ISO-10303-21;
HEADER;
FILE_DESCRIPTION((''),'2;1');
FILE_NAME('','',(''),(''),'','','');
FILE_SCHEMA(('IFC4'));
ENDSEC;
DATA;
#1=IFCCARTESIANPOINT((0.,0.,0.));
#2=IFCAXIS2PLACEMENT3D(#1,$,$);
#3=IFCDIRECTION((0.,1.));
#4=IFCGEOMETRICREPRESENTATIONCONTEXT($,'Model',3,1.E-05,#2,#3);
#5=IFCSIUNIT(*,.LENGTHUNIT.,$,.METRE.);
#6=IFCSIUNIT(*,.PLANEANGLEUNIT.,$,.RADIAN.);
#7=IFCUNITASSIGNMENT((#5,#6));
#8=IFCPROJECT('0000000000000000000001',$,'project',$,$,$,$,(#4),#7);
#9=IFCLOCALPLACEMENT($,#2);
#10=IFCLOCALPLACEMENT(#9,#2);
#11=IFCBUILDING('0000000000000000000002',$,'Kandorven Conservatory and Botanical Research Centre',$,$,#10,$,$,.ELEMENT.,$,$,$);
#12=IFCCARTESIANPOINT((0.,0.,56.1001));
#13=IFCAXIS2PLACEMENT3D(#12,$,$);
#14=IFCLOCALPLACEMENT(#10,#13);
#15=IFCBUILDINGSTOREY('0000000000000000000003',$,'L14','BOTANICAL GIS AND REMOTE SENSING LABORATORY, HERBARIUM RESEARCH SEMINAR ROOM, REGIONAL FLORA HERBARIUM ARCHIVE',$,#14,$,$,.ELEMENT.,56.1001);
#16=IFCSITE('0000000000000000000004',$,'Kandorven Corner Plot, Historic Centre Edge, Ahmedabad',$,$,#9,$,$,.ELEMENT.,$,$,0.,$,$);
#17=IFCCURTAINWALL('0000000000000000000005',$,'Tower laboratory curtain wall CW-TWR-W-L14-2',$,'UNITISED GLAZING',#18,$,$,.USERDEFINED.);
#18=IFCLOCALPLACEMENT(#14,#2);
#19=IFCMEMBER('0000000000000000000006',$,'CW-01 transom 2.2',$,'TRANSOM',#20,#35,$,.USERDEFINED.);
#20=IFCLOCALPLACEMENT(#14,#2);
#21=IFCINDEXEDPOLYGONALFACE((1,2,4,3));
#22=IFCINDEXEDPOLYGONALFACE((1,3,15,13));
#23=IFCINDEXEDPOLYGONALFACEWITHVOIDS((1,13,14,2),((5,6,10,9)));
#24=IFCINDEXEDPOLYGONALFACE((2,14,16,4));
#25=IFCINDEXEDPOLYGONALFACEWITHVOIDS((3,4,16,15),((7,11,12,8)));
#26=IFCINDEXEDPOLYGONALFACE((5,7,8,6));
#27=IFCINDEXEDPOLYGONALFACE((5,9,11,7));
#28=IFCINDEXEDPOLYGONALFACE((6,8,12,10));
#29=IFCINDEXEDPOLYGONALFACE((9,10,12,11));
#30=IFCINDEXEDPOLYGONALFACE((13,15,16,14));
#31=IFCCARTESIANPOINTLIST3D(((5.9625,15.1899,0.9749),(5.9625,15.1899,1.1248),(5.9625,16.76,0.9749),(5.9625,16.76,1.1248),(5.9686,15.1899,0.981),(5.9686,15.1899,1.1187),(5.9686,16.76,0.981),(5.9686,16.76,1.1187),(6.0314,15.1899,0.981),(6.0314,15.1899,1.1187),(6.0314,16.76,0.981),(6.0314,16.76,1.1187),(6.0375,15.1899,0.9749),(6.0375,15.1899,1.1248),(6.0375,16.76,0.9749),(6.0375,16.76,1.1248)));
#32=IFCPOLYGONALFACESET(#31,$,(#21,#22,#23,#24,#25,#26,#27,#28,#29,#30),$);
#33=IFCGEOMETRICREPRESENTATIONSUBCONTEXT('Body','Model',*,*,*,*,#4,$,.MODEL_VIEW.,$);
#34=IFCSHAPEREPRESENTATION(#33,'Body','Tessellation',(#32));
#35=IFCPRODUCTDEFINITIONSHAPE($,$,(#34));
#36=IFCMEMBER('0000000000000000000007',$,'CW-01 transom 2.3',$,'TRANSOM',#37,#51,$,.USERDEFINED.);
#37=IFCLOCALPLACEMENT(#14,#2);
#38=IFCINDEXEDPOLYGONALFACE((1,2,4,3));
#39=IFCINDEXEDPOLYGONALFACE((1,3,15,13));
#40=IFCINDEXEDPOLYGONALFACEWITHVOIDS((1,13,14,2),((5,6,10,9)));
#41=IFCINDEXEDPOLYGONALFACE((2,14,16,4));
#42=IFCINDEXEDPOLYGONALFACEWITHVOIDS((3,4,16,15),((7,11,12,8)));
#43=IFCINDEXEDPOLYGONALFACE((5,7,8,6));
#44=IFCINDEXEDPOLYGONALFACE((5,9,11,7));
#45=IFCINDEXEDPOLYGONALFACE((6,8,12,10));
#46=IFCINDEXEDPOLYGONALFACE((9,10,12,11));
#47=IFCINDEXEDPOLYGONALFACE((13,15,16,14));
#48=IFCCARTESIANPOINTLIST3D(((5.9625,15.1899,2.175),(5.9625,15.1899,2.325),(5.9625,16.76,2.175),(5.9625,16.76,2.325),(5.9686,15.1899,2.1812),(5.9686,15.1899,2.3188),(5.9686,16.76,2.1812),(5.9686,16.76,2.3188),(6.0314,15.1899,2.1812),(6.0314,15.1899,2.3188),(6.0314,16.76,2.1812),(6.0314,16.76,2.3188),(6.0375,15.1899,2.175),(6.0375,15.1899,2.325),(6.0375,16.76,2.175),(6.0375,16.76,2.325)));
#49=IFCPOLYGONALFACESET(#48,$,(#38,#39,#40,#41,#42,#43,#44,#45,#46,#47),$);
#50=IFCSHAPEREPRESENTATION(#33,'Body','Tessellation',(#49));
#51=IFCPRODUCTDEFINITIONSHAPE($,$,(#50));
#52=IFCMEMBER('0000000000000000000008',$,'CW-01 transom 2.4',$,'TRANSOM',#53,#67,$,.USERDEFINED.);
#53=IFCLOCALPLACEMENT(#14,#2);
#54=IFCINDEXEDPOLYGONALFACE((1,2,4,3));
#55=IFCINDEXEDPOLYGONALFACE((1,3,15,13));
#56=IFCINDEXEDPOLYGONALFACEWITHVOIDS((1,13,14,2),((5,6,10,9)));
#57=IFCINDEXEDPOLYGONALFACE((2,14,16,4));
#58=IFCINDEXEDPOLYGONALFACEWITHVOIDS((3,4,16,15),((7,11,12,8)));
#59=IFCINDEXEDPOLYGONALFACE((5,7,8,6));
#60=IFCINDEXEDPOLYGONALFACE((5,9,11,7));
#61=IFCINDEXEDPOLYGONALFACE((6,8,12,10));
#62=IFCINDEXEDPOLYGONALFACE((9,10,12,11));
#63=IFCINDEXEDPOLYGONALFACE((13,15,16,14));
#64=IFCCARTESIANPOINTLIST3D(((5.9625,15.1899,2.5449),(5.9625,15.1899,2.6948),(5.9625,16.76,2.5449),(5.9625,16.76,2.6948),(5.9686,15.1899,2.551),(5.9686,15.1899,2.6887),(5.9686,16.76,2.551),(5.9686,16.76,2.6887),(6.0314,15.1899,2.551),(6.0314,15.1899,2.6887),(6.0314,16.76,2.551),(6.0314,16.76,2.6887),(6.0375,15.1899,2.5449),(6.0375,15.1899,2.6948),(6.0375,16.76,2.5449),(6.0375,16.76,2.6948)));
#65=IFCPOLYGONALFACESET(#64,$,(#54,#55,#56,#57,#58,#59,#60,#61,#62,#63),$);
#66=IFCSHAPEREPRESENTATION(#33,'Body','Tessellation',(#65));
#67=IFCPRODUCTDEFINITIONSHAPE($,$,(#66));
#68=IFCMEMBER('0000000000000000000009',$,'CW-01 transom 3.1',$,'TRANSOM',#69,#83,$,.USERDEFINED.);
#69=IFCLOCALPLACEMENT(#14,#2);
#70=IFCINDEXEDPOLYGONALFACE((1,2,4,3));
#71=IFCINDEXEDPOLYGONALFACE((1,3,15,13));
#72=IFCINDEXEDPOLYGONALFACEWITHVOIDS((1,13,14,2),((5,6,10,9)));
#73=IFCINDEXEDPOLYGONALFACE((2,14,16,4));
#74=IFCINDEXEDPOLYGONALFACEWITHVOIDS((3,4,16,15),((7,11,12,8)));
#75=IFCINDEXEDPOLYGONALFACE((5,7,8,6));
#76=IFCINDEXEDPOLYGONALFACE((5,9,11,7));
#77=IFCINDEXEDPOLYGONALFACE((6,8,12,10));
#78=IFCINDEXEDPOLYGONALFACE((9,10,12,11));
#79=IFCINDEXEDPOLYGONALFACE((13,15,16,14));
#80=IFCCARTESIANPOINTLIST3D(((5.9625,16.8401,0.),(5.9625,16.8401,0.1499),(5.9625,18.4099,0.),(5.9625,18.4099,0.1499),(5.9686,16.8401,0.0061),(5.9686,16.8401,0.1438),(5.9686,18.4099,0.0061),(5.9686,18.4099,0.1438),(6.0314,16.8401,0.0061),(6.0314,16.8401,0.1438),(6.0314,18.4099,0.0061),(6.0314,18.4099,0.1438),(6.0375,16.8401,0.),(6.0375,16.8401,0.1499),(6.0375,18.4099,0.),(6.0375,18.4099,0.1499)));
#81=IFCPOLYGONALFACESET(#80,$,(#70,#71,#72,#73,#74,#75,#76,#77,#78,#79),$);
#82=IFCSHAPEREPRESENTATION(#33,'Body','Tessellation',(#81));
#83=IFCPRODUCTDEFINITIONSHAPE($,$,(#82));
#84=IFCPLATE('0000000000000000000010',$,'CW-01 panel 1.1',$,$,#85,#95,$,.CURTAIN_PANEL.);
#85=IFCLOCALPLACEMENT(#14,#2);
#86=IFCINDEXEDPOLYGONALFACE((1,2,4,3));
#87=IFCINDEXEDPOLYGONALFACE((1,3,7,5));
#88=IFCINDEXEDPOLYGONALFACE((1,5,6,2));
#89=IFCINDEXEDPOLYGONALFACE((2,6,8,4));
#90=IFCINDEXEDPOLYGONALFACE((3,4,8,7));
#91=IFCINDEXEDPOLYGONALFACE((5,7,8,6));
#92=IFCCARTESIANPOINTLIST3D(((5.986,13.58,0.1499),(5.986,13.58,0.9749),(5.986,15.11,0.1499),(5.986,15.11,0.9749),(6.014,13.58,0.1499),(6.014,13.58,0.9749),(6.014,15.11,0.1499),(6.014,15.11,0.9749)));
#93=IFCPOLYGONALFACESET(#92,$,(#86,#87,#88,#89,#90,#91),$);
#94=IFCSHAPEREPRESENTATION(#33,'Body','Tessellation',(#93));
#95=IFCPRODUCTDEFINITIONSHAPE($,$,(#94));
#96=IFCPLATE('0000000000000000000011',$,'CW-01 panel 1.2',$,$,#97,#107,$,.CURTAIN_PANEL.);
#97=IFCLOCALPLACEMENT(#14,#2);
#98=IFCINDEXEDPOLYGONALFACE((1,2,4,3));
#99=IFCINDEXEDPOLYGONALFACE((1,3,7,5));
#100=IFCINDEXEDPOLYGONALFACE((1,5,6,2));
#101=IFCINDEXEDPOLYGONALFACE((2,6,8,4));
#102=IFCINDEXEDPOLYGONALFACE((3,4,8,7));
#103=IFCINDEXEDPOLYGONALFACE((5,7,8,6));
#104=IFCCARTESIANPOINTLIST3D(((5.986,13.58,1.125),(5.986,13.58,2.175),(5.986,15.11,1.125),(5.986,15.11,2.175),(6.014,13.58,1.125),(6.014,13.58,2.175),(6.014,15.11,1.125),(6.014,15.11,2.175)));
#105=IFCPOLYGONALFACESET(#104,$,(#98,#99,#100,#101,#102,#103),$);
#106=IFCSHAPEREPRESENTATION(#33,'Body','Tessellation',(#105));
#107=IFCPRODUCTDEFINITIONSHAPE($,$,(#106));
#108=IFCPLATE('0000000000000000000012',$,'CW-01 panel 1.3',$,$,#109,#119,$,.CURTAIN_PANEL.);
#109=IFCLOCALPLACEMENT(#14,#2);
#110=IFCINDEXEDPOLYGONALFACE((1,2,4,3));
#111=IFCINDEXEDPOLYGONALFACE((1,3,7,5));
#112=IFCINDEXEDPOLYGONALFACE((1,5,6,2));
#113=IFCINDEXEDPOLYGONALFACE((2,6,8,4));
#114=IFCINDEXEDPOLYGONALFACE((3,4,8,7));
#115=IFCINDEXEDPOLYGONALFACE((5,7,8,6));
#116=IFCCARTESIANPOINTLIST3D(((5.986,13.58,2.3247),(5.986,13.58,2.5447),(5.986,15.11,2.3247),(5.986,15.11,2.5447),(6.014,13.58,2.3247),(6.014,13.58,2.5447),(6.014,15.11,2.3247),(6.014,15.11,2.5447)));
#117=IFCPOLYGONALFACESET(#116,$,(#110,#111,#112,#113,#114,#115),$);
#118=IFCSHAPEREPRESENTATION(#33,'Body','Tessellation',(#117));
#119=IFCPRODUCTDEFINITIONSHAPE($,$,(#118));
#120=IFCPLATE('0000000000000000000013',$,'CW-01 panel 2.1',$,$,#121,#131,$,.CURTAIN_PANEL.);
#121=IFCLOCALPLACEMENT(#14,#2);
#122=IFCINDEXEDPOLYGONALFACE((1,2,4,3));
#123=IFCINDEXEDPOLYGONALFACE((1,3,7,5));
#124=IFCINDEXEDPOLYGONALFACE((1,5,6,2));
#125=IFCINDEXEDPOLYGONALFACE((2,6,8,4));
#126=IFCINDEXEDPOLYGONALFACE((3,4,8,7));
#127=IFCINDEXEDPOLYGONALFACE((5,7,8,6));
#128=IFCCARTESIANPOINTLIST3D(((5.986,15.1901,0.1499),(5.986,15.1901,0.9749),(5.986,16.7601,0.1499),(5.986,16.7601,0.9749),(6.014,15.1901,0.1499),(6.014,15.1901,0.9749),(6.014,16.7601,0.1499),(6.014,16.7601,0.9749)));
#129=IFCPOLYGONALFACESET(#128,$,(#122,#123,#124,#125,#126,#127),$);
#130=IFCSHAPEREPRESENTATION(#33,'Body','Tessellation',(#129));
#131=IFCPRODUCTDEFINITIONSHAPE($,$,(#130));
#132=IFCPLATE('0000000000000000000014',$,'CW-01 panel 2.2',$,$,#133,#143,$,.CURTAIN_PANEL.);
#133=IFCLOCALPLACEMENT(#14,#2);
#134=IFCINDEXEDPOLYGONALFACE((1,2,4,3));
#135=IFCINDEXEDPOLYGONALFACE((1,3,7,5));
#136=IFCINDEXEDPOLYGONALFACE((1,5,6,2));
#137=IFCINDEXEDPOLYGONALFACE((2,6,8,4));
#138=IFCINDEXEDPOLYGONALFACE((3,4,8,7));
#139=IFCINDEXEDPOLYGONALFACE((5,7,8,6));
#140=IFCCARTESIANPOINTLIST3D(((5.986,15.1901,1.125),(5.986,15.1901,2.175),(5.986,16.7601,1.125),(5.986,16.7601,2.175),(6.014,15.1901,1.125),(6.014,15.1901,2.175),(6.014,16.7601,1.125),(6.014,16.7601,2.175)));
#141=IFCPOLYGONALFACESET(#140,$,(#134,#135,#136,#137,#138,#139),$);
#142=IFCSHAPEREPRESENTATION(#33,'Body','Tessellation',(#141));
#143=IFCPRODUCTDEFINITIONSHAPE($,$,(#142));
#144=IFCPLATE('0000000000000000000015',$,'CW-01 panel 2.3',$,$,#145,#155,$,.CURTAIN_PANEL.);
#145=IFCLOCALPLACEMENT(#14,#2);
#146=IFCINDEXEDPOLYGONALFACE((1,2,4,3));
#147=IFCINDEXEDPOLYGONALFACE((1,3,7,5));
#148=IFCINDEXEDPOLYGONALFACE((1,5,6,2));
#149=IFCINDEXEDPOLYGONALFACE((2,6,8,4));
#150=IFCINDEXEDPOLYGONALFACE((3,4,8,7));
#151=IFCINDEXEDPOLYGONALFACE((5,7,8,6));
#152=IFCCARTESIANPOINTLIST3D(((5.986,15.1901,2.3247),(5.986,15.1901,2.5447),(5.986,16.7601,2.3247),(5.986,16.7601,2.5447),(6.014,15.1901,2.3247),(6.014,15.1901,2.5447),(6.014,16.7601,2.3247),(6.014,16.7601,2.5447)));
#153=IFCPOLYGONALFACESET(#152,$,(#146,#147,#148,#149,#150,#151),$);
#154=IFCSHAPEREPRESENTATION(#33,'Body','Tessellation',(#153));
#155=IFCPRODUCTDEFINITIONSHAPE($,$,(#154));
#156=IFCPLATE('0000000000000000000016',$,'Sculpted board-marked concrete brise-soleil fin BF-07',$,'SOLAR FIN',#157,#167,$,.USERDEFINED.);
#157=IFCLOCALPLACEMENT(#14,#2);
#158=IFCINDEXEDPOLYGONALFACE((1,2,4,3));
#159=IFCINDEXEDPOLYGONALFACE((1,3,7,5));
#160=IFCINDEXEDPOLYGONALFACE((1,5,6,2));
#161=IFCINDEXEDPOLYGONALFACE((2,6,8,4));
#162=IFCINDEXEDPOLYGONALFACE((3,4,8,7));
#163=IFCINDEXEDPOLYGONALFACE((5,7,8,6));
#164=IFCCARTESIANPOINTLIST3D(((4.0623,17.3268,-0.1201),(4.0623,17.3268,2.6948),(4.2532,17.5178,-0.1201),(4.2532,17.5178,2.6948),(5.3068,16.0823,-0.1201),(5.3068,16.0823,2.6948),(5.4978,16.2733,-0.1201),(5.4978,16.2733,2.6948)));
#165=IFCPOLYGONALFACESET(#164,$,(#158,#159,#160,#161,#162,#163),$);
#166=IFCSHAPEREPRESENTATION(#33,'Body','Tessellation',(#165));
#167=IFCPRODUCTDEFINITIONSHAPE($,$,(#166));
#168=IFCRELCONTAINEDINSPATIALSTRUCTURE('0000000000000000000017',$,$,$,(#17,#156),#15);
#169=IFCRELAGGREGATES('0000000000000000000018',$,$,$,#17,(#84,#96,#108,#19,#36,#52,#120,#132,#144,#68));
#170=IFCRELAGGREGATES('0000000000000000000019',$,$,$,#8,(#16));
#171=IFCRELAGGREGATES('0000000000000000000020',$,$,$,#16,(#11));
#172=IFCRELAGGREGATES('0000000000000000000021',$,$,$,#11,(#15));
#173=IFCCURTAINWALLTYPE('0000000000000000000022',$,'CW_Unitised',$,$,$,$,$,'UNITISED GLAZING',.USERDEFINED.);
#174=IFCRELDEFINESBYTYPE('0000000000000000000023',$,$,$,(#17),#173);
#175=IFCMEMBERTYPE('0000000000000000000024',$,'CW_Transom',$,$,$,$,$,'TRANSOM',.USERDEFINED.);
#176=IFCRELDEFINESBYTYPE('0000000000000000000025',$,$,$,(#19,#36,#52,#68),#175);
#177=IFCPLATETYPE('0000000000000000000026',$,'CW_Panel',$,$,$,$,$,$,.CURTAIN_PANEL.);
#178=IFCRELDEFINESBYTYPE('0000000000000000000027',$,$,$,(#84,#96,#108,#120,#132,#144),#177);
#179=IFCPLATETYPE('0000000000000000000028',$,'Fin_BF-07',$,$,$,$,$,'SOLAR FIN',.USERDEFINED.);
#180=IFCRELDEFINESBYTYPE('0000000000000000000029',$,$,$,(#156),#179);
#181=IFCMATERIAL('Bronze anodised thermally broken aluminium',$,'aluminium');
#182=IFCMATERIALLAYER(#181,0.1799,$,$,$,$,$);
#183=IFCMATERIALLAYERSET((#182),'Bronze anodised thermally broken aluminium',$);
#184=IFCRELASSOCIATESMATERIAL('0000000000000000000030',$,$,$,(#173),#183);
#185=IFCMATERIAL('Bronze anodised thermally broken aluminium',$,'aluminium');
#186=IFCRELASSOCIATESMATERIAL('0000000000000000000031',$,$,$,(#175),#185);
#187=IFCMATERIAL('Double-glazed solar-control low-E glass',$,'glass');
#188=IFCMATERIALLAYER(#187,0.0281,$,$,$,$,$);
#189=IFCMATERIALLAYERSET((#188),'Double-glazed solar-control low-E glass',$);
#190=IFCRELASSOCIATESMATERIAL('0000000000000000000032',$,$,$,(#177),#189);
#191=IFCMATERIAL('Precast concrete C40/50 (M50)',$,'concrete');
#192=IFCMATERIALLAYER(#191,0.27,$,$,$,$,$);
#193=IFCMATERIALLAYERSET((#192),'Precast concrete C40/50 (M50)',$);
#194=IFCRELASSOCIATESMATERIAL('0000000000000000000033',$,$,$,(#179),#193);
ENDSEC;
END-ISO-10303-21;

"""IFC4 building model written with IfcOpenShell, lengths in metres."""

from ifc_helpers import new_model, si_unit, direction, frame, origin, origin_2d, place, context, subcontext, project, spatial, rectangle, hollow_rectangle, extrude, material, layer, layer_set, material_profile, profile_set, type_object, element, aggregate, save


model = new_model("IFC4")

# Units and contexts
model_context = context("Model", 3, precision=1e-05, world=origin(), true_north=direction((0.0, 1.0)))
body_context = subcontext(model_context, "Body", "Model", "MODEL_VIEW")
ifc_project = project(units=[si_unit("LENGTHUNIT", "METRE"), si_unit("PLANEANGLEUNIT", "RADIAN")], contexts=[model_context])

# Site, building, storey
site_placement = place(None, origin())
site = spatial("IfcSite", under=ifc_project, at=site_placement, Name="Kandorven Corner Plot, Historic Centre Edge, Ahmedabad", CompositionType="ELEMENT", RefElevation=0.0)
building_placement = place(site_placement, origin())
building = spatial("IfcBuilding", under=site, at=building_placement, Name="Kandorven Conservatory and Botanical Research Centre", CompositionType="ELEMENT")
storey_placement = place(building_placement, frame((0.0, 0.0, 56.1001)))
storey = spatial("IfcBuildingStorey", under=building, at=storey_placement, Name="L14", Description="BOTANICAL GIS AND REMOTE SENSING LABORATORY, HERBARIUM RESEARCH SEMINAR ROOM, REGIONAL FLORA HERBARIUM ARCHIVE", CompositionType="ELEMENT", Elevation=56.1001)

# Curtain wall, members, plates
ifc_material_1 = material(Name="Bronze anodised thermally broken aluminium", Category="aluminium")
ifc_layer_1 = layer(ifc_material_1, 0.1799)
ifc_layer_set_1 = layer_set([ifc_layer_1], Name="Bronze anodised thermally broken aluminium")
curtain_wall_type = type_object("IfcCurtainWallType", Name="CW_Unitised", ElementType="UNITISED GLAZING", PredefinedType="USERDEFINED", material=ifc_layer_set_1)
curtain_wall_placement = place(storey_placement, origin())
curtain_wall = element("IfcCurtainWall", 1, at=curtain_wall_placement, inside=storey, type_object=curtain_wall_type, Name="Tower laboratory curtain wall CW-TWR-W-L14-2", ObjectType="UNITISED GLAZING", PredefinedType="USERDEFINED")
ifc_material_2 = material(Name="Bronze anodised thermally broken aluminium", Category="aluminium")
ifc_material_profile_1 = material_profile(ifc_material_2, hollow_rectangle(XDim=0.075, YDim=0.1499, WallThickness=0.0061, at=origin_2d()))
ifc_profile_set_1 = profile_set([ifc_material_profile_1], Name="Bronze anodised thermally broken aluminium")
member_type_1 = type_object("IfcMemberType", Name="CW_Transom", ElementType="TRANSOM", PredefinedType="USERDEFINED", material=ifc_profile_set_1)
member_1_placement = place(storey_placement, frame((6.0, 15.1899, 1.0498), z_axis=(0.0, 1.0, 0.0), x_axis=(-1.0, 0.0, 0.0)))
member_1 = element("IfcMember", 2, at=member_1_placement, type_object=member_type_1, Name="CW-01 transom 2.2", ObjectType="TRANSOM", PredefinedType="USERDEFINED", context=body_context, shape_type="SweptSolid", body=[
    extrude(hollow_rectangle(XDim=0.075, YDim=0.1499, WallThickness=0.0061, at=origin_2d()), origin(), (0.0, 0.0, 1.0), 1.5701),
])
member_2_placement = place(storey_placement, frame((6.0, 15.1899, 2.25), z_axis=(0.0, 1.0, 0.0), x_axis=(-1.0, 0.0, 0.0)))
member_2 = element("IfcMember", 3, at=member_2_placement, type_object=member_type_1, Name="CW-01 transom 2.3", ObjectType="TRANSOM", PredefinedType="USERDEFINED", context=body_context, shape_type="SweptSolid", body=[
    extrude(hollow_rectangle(XDim=0.075, YDim=0.1499, WallThickness=0.0061, at=origin_2d()), origin(), (0.0, 0.0, 1.0), 1.5701),
])
member_3_placement = place(storey_placement, frame((6.0, 15.1899, 2.6199), z_axis=(0.0, 1.0, 0.0), x_axis=(-1.0, 0.0, 0.0)))
member_3 = element("IfcMember", 4, at=member_3_placement, type_object=member_type_1, Name="CW-01 transom 2.4", ObjectType="TRANSOM", PredefinedType="USERDEFINED", context=body_context, shape_type="SweptSolid", body=[
    extrude(hollow_rectangle(XDim=0.075, YDim=0.1499, WallThickness=0.0061, at=origin_2d()), origin(), (0.0, 0.0, 1.0), 1.5701),
])
member_4_placement = place(storey_placement, frame((6.0, 16.8401, 0.075), z_axis=(0.0, 1.0, 0.0), x_axis=(-1.0, 0.0, 0.0)))
member_4 = element("IfcMember", 5, at=member_4_placement, type_object=member_type_1, Name="CW-01 transom 3.1", ObjectType="TRANSOM", PredefinedType="USERDEFINED", context=body_context, shape_type="SweptSolid", body=[
    extrude(hollow_rectangle(XDim=0.075, YDim=0.1499, WallThickness=0.0061, at=origin_2d()), origin(), (0.0, 0.0, 1.0), 1.5698),
])
ifc_material_3 = material(Name="Double-glazed solar-control low-E glass", Category="glass")
ifc_layer_2 = layer(ifc_material_3, 0.0281)
ifc_layer_set_2 = layer_set([ifc_layer_2], Name="Double-glazed solar-control low-E glass")
plate_type_1 = type_object("IfcPlateType", Name="CW_Panel", PredefinedType="CURTAIN_PANEL", material=ifc_layer_set_2)
plate_1_placement = place(storey_placement, frame((6.0, 14.345, 0.1499), z_axis=(0.0, 0.0, 1.0), x_axis=(0.0, 1.0, 0.0)))
plate_1 = element("IfcPlate", 6, at=plate_1_placement, type_object=plate_type_1, Name="CW-01 panel 1.1", PredefinedType="CURTAIN_PANEL", context=body_context, shape_type="SweptSolid", body=[
    extrude(rectangle(XDim=1.53, YDim=0.0281, at=origin_2d()), origin(), (0.0, 0.0, 1.0), 0.825),
])
plate_2_placement = place(storey_placement, frame((6.0, 14.345, 1.125), z_axis=(0.0, 0.0, 1.0), x_axis=(0.0, 1.0, 0.0)))
plate_2 = element("IfcPlate", 7, at=plate_2_placement, type_object=plate_type_1, Name="CW-01 panel 1.2", PredefinedType="CURTAIN_PANEL", context=body_context, shape_type="SweptSolid", body=[
    extrude(rectangle(XDim=1.53, YDim=0.0281, at=origin_2d()), origin(), (0.0, 0.0, 1.0), 1.05),
])
plate_3_placement = place(storey_placement, frame((6.0, 14.345, 2.3247), z_axis=(0.0, 0.0, 1.0), x_axis=(0.0, 1.0, 0.0)))
plate_3 = element("IfcPlate", 8, at=plate_3_placement, type_object=plate_type_1, Name="CW-01 panel 1.3", PredefinedType="CURTAIN_PANEL", context=body_context, shape_type="SweptSolid", body=[
    extrude(rectangle(XDim=1.53, YDim=0.0281, at=origin_2d()), origin(), (0.0, 0.0, 1.0), 0.22),
])
plate_4_placement = place(storey_placement, frame((6.0, 15.9751, 0.1499), z_axis=(0.0, 0.0, 1.0), x_axis=(0.0, 1.0, 0.0)))
plate_4 = element("IfcPlate", 9, at=plate_4_placement, type_object=plate_type_1, Name="CW-01 panel 2.1", PredefinedType="CURTAIN_PANEL", context=body_context, shape_type="SweptSolid", body=[
    extrude(rectangle(XDim=1.5701, YDim=0.0281, at=origin_2d()), origin(), (0.0, 0.0, 1.0), 0.825),
])
plate_5_placement = place(storey_placement, frame((6.0, 15.9751, 1.125), z_axis=(0.0, 0.0, 1.0), x_axis=(0.0, 1.0, 0.0)))
plate_5 = element("IfcPlate", 10, at=plate_5_placement, type_object=plate_type_1, Name="CW-01 panel 2.2", PredefinedType="CURTAIN_PANEL", context=body_context, shape_type="SweptSolid", body=[
    extrude(rectangle(XDim=1.5701, YDim=0.0281, at=origin_2d()), origin(), (0.0, 0.0, 1.0), 1.05),
])
plate_6_placement = place(storey_placement, frame((6.0, 15.9751, 2.3247), z_axis=(0.0, 0.0, 1.0), x_axis=(0.0, 1.0, 0.0)))
plate_6 = element("IfcPlate", 11, at=plate_6_placement, type_object=plate_type_1, Name="CW-01 panel 2.3", PredefinedType="CURTAIN_PANEL", context=body_context, shape_type="SweptSolid", body=[
    extrude(rectangle(XDim=1.5701, YDim=0.0281, at=origin_2d()), origin(), (0.0, 0.0, 1.0), 0.22),
])
aggregate(curtain_wall, [plate_1, plate_2, plate_3, member_1, member_2, member_3, plate_4, plate_5, plate_6, member_4])

# Plate
ifc_material_4 = material(Name="Precast concrete C40/50 (M50)", Category="concrete")
ifc_layer_3 = layer(ifc_material_4, 0.27)
ifc_layer_set_3 = layer_set([ifc_layer_3], Name="Precast concrete C40/50 (M50)")
plate_type_2 = type_object("IfcPlateType", Name="Fin_BF-07", ElementType="SOLAR FIN", PredefinedType="USERDEFINED", material=ifc_layer_set_3)
plate_7_placement = place(storey_placement, frame((4.78, 16.8, -0.1201), z_axis=(0.0, 0.0, 1.0), x_axis=(-0.707107, 0.707107, 0.0)))
element("IfcPlate", 12, at=plate_7_placement, inside=storey, type_object=plate_type_2, Name="Sculpted board-marked concrete brise-soleil fin BF-07", ObjectType="SOLAR FIN", PredefinedType="USERDEFINED", context=body_context, shape_type="SweptSolid", body=[
    extrude(rectangle(XDim=1.76, YDim=0.27, at=origin_2d()), origin(), (0.0, 0.0, 1.0), 2.8149),
])

save(model, "model.ifc")
